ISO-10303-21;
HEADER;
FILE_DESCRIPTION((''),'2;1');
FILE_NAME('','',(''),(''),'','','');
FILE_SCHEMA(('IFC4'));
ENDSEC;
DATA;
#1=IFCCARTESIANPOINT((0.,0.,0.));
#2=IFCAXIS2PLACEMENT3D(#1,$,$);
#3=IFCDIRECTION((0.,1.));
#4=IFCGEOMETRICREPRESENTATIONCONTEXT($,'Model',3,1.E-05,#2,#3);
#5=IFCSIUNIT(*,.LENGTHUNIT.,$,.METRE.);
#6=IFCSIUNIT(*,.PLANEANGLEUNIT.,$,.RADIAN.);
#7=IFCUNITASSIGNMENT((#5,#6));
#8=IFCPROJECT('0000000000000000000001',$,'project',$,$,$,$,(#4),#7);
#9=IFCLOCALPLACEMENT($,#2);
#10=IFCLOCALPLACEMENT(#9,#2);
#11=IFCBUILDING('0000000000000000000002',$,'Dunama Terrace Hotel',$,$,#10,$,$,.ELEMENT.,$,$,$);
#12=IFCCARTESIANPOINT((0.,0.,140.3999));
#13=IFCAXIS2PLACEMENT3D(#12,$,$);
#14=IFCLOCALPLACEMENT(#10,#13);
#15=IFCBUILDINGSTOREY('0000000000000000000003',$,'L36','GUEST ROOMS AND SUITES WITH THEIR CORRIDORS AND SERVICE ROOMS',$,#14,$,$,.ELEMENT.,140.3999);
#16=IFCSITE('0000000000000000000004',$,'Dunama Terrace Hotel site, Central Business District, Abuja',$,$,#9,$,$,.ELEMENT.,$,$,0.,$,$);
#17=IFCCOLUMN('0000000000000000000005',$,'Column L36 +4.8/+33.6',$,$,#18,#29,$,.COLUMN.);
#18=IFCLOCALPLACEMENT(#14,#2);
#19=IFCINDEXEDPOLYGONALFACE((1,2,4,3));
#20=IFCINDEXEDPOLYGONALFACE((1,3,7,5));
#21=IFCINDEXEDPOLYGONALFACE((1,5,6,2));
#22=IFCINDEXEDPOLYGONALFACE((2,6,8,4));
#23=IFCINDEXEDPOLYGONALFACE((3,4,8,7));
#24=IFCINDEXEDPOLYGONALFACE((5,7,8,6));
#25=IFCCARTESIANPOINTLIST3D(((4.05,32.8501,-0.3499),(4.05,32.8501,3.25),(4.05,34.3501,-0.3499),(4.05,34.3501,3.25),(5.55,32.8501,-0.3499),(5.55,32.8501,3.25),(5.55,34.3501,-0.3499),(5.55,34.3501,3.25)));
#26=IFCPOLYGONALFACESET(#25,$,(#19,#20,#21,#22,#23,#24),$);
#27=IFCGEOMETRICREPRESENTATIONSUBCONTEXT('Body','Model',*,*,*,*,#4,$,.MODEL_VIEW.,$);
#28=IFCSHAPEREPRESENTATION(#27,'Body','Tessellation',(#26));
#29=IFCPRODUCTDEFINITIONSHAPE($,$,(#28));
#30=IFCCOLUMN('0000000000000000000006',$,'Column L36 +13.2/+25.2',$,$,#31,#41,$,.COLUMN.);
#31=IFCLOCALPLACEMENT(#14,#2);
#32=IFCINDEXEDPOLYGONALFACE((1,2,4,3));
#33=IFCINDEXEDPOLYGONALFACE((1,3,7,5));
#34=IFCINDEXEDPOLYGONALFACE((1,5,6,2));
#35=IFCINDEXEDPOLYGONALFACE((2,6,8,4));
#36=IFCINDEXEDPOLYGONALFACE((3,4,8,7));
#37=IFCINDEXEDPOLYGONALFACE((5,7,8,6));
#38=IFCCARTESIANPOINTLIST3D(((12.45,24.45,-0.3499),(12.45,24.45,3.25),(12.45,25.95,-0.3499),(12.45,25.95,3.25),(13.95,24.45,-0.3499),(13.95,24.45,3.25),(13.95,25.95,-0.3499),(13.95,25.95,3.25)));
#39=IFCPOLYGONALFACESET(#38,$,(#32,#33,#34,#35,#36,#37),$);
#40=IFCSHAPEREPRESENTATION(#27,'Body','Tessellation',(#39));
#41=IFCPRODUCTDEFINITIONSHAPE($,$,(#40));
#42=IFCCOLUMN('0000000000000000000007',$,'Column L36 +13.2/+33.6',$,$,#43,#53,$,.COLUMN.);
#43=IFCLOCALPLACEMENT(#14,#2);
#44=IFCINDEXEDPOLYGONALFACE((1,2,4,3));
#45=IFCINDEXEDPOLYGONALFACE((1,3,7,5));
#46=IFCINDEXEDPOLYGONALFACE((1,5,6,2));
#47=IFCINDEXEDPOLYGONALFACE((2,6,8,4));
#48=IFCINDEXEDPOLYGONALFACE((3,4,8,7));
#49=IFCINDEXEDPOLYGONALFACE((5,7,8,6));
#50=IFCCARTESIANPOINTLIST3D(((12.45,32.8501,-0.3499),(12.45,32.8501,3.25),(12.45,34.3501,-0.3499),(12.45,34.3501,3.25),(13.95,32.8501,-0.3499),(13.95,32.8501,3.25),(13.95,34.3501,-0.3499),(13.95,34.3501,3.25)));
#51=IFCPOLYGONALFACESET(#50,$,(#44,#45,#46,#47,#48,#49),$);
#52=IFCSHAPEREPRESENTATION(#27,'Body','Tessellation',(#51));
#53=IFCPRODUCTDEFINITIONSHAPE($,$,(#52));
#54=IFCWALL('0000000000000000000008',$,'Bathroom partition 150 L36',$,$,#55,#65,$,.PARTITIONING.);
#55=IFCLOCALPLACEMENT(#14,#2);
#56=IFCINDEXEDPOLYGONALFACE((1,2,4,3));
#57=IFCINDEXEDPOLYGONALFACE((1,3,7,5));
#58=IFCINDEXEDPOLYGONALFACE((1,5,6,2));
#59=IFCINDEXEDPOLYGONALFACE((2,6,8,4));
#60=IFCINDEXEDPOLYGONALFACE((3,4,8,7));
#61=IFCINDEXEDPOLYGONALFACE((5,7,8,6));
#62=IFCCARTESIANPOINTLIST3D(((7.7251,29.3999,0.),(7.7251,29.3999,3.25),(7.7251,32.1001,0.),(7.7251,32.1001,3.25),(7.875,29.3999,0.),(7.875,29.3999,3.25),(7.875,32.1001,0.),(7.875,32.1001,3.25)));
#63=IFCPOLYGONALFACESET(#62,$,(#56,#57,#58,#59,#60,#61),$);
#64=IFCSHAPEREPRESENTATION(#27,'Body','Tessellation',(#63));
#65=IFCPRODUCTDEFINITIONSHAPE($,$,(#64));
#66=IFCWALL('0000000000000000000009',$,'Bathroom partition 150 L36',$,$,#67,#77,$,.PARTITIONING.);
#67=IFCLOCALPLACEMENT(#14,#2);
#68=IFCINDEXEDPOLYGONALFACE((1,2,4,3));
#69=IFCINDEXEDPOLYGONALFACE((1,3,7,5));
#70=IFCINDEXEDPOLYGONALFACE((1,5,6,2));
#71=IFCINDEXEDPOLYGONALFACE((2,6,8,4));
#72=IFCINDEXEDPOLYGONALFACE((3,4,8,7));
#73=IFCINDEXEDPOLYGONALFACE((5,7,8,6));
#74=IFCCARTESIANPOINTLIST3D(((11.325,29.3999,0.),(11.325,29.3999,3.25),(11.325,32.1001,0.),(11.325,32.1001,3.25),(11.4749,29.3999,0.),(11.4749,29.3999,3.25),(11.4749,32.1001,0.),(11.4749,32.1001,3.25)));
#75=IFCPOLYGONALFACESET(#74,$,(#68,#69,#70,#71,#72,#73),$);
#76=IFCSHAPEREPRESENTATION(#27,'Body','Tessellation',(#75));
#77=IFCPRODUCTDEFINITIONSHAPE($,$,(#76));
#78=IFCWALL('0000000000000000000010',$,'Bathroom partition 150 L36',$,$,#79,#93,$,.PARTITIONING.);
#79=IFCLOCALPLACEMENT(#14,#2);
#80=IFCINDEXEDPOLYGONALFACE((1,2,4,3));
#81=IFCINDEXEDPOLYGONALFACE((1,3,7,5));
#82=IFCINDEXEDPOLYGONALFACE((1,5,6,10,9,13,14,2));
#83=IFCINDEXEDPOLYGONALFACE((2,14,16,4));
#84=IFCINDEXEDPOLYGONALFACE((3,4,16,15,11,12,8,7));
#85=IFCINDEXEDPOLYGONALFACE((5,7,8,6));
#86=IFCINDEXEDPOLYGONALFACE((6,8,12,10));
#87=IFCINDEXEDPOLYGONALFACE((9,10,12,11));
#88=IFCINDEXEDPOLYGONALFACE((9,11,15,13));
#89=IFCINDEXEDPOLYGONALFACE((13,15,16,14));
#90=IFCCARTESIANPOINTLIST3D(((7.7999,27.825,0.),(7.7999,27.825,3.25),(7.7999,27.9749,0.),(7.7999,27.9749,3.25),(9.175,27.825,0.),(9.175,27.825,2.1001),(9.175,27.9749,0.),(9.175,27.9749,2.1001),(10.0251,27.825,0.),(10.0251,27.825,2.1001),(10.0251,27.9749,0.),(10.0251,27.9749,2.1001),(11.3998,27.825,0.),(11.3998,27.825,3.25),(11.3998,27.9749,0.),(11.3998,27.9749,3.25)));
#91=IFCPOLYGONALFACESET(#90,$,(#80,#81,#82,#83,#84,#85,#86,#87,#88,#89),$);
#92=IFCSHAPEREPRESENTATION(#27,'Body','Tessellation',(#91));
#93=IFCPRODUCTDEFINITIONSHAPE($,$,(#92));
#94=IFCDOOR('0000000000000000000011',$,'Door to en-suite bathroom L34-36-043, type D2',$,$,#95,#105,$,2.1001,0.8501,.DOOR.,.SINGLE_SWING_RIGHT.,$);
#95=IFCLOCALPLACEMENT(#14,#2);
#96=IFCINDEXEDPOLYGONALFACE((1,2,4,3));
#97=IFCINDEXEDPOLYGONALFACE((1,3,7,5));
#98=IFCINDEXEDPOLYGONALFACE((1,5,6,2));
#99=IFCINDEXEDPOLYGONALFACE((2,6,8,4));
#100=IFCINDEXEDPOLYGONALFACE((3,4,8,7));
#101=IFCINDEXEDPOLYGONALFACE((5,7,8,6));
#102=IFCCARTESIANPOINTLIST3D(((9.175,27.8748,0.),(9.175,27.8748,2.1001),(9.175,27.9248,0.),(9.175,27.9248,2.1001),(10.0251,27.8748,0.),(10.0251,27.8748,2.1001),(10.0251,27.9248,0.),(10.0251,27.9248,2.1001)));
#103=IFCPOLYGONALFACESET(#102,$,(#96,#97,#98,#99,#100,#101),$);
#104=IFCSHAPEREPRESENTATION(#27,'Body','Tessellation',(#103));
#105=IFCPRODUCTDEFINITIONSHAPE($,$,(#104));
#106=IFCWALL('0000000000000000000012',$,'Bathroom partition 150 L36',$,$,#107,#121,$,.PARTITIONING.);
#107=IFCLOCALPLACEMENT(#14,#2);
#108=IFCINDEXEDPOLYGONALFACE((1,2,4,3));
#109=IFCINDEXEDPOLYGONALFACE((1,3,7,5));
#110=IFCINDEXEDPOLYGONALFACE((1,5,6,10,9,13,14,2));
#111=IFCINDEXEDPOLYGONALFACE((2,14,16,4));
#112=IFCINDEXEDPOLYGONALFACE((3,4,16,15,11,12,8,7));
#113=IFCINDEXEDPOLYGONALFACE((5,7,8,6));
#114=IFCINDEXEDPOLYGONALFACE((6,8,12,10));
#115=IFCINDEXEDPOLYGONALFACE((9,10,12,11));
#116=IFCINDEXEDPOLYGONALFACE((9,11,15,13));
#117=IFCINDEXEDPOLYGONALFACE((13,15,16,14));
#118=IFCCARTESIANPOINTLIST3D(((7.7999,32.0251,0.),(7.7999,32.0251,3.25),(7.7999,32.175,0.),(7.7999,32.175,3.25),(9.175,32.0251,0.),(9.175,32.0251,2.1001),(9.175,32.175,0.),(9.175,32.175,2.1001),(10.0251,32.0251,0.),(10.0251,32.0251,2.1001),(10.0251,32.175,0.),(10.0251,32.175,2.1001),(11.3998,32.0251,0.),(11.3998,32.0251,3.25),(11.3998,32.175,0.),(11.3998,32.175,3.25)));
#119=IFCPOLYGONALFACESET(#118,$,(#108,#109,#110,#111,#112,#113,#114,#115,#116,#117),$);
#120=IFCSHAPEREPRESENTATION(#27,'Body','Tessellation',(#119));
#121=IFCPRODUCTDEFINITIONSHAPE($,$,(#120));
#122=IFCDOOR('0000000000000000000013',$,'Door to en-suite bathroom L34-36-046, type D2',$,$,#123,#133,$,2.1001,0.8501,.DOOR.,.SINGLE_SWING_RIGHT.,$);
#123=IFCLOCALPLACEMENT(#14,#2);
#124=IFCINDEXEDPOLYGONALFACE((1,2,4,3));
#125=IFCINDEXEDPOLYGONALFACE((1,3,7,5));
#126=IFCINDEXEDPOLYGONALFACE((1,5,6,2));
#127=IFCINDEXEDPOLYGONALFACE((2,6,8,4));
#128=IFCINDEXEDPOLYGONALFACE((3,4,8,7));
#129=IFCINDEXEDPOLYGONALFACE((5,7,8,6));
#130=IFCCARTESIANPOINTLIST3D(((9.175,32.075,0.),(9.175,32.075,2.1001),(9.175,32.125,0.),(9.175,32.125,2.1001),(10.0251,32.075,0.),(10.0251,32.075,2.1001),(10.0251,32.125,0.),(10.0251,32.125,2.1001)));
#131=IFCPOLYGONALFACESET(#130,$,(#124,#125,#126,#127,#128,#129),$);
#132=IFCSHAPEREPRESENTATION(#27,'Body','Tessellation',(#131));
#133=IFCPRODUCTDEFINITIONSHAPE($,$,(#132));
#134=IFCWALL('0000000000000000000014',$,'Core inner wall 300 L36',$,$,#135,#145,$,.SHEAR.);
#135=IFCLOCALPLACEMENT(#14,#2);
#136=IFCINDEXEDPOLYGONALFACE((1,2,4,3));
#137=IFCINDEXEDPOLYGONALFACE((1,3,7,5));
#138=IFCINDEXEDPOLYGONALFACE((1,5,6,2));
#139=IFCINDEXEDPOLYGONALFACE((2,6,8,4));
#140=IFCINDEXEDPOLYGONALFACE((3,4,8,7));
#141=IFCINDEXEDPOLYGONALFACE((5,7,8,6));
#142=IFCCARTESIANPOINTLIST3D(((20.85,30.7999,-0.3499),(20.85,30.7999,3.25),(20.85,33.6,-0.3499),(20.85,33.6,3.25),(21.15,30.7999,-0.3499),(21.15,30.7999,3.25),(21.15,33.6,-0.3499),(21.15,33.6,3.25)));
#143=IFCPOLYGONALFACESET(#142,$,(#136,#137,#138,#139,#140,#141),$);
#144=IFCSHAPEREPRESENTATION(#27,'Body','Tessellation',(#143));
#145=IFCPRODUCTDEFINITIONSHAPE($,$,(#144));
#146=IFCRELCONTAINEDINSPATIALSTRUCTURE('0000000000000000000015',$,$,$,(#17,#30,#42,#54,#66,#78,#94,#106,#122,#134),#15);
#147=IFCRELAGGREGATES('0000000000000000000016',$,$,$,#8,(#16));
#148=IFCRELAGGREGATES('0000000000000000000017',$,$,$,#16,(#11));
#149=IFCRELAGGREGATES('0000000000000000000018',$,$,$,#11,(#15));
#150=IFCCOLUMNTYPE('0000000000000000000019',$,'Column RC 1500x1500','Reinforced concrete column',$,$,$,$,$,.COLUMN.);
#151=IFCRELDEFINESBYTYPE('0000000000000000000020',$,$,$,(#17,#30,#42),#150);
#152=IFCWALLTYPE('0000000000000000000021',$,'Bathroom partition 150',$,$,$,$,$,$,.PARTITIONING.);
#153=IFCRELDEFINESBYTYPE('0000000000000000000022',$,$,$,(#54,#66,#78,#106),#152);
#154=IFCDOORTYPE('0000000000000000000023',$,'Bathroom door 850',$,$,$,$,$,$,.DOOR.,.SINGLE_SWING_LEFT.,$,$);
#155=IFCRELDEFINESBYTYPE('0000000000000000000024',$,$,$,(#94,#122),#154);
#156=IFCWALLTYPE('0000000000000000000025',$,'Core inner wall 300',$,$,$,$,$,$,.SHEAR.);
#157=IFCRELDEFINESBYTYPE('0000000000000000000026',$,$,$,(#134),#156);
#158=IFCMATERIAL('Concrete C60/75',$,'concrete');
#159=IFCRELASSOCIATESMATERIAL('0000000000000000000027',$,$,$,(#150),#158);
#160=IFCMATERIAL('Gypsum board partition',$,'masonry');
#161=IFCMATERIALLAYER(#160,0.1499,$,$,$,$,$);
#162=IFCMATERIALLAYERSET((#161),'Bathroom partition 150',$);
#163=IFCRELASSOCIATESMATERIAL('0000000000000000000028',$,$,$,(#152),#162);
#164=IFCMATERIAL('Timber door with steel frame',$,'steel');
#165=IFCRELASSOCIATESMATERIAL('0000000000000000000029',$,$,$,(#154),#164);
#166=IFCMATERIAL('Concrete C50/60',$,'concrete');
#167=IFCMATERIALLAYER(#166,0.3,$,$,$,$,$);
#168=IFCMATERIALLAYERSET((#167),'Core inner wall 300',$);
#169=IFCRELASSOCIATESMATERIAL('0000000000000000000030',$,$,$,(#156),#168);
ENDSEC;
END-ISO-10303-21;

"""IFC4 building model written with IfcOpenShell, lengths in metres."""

from ifc_helpers import new_model, si_unit, direction, frame, frame_2d, origin, origin_2d, place, context, subcontext, project, spatial, rectangle, extrude, material, layer, layer_set, material_profile, profile_set, type_object, element, fill, save


model = new_model("IFC4")

# Units and contexts
model_context = context("Model", 3, precision=1e-05, world=origin(), true_north=direction((0.0, 1.0)))
body_context = subcontext(model_context, "Body", "Model", "MODEL_VIEW")
ifc_project = project(units=[si_unit("LENGTHUNIT", "METRE"), si_unit("PLANEANGLEUNIT", "RADIAN")], contexts=[model_context])

# Site, building, storey
site_placement = place(None, origin())
site = spatial("IfcSite", under=ifc_project, at=site_placement, Name="Dunama Terrace Hotel site, Central Business District, Abuja", CompositionType="ELEMENT", RefElevation=0.0)
building_placement = place(site_placement, origin())
building = spatial("IfcBuilding", under=site, at=building_placement, Name="Dunama Terrace Hotel", CompositionType="ELEMENT")
storey_placement = place(building_placement, frame((0.0, 0.0, 140.3999)))
storey = spatial("IfcBuildingStorey", under=building, at=storey_placement, Name="L36", Description="GUEST ROOMS AND SUITES WITH THEIR CORRIDORS AND SERVICE ROOMS", CompositionType="ELEMENT", Elevation=140.3999)

# Columns
ifc_material_1 = material(Name="Concrete C60/75", Category="concrete")
ifc_material_profile = material_profile(ifc_material_1, rectangle(XDim=1.5, YDim=1.5, at=origin_2d()), Name="RC 1500x1500")
ifc_profile_set = profile_set([ifc_material_profile], Name="Concrete C60/75")
column_type = type_object("IfcColumnType", Name="Column RC 1500x1500", Description="Reinforced concrete column", PredefinedType="COLUMN", material=ifc_profile_set)
for number, where, z_axis, x_axis, name in (
    (1, (4.8, 33.6001, -0.3499), (0.0, 0.0, 1.0), (1.0, 0.0, 0.0), "Column L36 +4.8/+33.6"),
    (2, (13.2, 25.2, -0.3499), (0.0, 0.0, 1.0), (1.0, 0.0, 0.0), "Column L36 +13.2/+25.2"),
    (3, (13.2, 33.6001, -0.3499), (0.0, 0.0, 1.0), (1.0, 0.0, 0.0), "Column L36 +13.2/+33.6"),
):
    element("IfcColumn", number, at=place(storey_placement, frame(where, z_axis=z_axis, x_axis=x_axis)), inside=storey, type_object=column_type, Name=name, PredefinedType="COLUMN", context=body_context, shape_type="SweptSolid", body=[
        extrude(rectangle(XDim=1.5, YDim=1.5, at=origin_2d()), origin(), (0.0, 0.0, 1.0), 3.5999),
    ])

# Walls
ifc_material_2 = material(Name="Gypsum board partition", Category="masonry")
ifc_layer_1 = layer(ifc_material_2, 0.1499)
ifc_layer_set_1 = layer_set([ifc_layer_1], Name="Bathroom partition 150")
wall_type_1 = type_object("IfcWallType", Name="Bathroom partition 150", PredefinedType="PARTITIONING", material=ifc_layer_set_1)
for number, where, z_axis, x_axis, name in (
    (4, (7.8, 29.3999, 0.0), (0.0, 0.0, 1.0), (0.0, 1.0, 0.0), "Bathroom partition 150 L36"),
    (5, (11.3999, 29.3999, 0.0), (0.0, 0.0, 1.0), (0.0, 1.0, 0.0), "Bathroom partition 150 L36"),
):
    element("IfcWall", number, at=place(storey_placement, frame(where, z_axis=z_axis, x_axis=x_axis)), inside=storey, type_object=wall_type_1, Name=name, PredefinedType="PARTITIONING", context=body_context, shape_type="SweptSolid", body=[
        extrude(rectangle(XDim=2.7002, YDim=0.1499, at=frame_2d((1.3501, 0.0))), origin(), (0.0, 0.0, 1.0), 3.25),
    ])

# Walls, openings, doors
wall_1_placement = place(storey_placement, frame((7.8, 27.8999, 0.0), z_axis=(0.0, 0.0, 1.0), x_axis=(1.0, 0.0, 0.0)))
wall_1 = element("IfcWall", 6, at=wall_1_placement, inside=storey, type_object=wall_type_1, Name="Bathroom partition 150 L36", PredefinedType="PARTITIONING", context=body_context, shape_type="SweptSolid", body=[
    extrude(rectangle(XDim=3.5999, YDim=0.1499, at=frame_2d((1.7998, 0.0))), origin(), (0.0, 0.0, 1.0), 3.25),
])
opening_1_placement = place(wall_1_placement, frame((1.375, 0.0, 0.0)))
opening_1 = element("IfcOpeningElement", 7, at=opening_1_placement, cuts=wall_1, PredefinedType="OPENING", context=body_context, shape_type="SweptSolid", body=[
    extrude(rectangle(XDim=0.8501, YDim=2.1001, at=frame_2d((0.425, 1.05))), frame((0.0, 0.085, 0.0), z_axis=(0.0, -1.0, 0.0), x_axis=(1.0, 0.0, 0.0)), (0.0, 0.0, 1.0), 0.1699),
])
ifc_material_3 = material(Name="Timber door with steel frame", Category="steel")
door_type_1 = type_object("IfcDoorType", Name="Bathroom door 850", OperationType="SINGLE_SWING_LEFT", PredefinedType="DOOR", material=ifc_material_3)
door_1_placement = place(opening_1_placement, frame((0.8501, 0.0, 0.0), z_axis=(0.0, 0.0, 1.0), x_axis=(-1.0, 0.0, 0.0)))
door_1 = element("IfcDoor", 8, at=door_1_placement, inside=storey, type_object=door_type_1, Name="Door to en-suite bathroom L34-36-043, type D2", OperationType="SINGLE_SWING_RIGHT", OverallHeight=2.1001, OverallWidth=0.8501, PredefinedType="DOOR", context=body_context, shape_type="SweptSolid", body=[
    extrude(rectangle(XDim=0.8501, YDim=2.1001, at=frame_2d((0.425, 1.05))), frame((0.0, 0.0251, 0.0), z_axis=(0.0, -1.0, 0.0), x_axis=(1.0, 0.0, 0.0)), (0.0, 0.0, 1.0), 0.05),
])
fill(opening_1, door_1)
wall_2_placement = place(storey_placement, frame((7.8, 32.1001, 0.0), z_axis=(0.0, 0.0, 1.0), x_axis=(1.0, 0.0, 0.0)))
wall_2 = element("IfcWall", 9, at=wall_2_placement, inside=storey, type_object=wall_type_1, Name="Bathroom partition 150 L36", PredefinedType="PARTITIONING", context=body_context, shape_type="SweptSolid", body=[
    extrude(rectangle(XDim=3.5999, YDim=0.1499, at=frame_2d((1.7998, 0.0))), origin(), (0.0, 0.0, 1.0), 3.25),
])
opening_2_placement = place(wall_2_placement, frame((1.375, 0.0, 0.0)))
opening_2 = element("IfcOpeningElement", 10, at=opening_2_placement, cuts=wall_2, PredefinedType="OPENING", context=body_context, shape_type="SweptSolid", body=[
    extrude(rectangle(XDim=0.8501, YDim=2.1001, at=frame_2d((0.425, 1.05))), frame((0.0, 0.085, 0.0), z_axis=(0.0, -1.0, 0.0), x_axis=(1.0, 0.0, 0.0)), (0.0, 0.0, 1.0), 0.1699),
])
door_2_placement = place(opening_2_placement, frame((0.8501, 0.0, 0.0), z_axis=(0.0, 0.0, 1.0), x_axis=(-1.0, 0.0, 0.0)))
door_2 = element("IfcDoor", 11, at=door_2_placement, inside=storey, type_object=door_type_1, Name="Door to en-suite bathroom L34-36-046, type D2", OperationType="SINGLE_SWING_RIGHT", OverallHeight=2.1001, OverallWidth=0.8501, PredefinedType="DOOR", context=body_context, shape_type="SweptSolid", body=[
    extrude(rectangle(XDim=0.8501, YDim=2.1001, at=frame_2d((0.425, 1.05))), frame((0.0, 0.0251, 0.0), z_axis=(0.0, -1.0, 0.0), x_axis=(1.0, 0.0, 0.0)), (0.0, 0.0, 1.0), 0.05),
])
fill(opening_2, door_2)

# Wall
ifc_material_4 = material(Name="Concrete C50/60", Category="concrete")
ifc_layer_2 = layer(ifc_material_4, 0.3)
ifc_layer_set_2 = layer_set([ifc_layer_2], Name="Core inner wall 300")
wall_type_2 = type_object("IfcWallType", Name="Core inner wall 300", PredefinedType="SHEAR", material=ifc_layer_set_2)
wall_3_placement = place(storey_placement, frame((21.0, 30.8, -0.3499), z_axis=(0.0, 0.0, 1.0), x_axis=(0.0, 1.0, 0.0)))
element("IfcWall", 12, at=wall_3_placement, inside=storey, type_object=wall_type_2, Name="Core inner wall 300 L36", PredefinedType="SHEAR", context=body_context, shape_type="SweptSolid", body=[
    extrude(rectangle(XDim=2.8, YDim=0.3, at=frame_2d((1.3999, 0.0))), origin(), (0.0, 0.0, 1.0), 3.5999),
])

save(model, "model.ifc")
